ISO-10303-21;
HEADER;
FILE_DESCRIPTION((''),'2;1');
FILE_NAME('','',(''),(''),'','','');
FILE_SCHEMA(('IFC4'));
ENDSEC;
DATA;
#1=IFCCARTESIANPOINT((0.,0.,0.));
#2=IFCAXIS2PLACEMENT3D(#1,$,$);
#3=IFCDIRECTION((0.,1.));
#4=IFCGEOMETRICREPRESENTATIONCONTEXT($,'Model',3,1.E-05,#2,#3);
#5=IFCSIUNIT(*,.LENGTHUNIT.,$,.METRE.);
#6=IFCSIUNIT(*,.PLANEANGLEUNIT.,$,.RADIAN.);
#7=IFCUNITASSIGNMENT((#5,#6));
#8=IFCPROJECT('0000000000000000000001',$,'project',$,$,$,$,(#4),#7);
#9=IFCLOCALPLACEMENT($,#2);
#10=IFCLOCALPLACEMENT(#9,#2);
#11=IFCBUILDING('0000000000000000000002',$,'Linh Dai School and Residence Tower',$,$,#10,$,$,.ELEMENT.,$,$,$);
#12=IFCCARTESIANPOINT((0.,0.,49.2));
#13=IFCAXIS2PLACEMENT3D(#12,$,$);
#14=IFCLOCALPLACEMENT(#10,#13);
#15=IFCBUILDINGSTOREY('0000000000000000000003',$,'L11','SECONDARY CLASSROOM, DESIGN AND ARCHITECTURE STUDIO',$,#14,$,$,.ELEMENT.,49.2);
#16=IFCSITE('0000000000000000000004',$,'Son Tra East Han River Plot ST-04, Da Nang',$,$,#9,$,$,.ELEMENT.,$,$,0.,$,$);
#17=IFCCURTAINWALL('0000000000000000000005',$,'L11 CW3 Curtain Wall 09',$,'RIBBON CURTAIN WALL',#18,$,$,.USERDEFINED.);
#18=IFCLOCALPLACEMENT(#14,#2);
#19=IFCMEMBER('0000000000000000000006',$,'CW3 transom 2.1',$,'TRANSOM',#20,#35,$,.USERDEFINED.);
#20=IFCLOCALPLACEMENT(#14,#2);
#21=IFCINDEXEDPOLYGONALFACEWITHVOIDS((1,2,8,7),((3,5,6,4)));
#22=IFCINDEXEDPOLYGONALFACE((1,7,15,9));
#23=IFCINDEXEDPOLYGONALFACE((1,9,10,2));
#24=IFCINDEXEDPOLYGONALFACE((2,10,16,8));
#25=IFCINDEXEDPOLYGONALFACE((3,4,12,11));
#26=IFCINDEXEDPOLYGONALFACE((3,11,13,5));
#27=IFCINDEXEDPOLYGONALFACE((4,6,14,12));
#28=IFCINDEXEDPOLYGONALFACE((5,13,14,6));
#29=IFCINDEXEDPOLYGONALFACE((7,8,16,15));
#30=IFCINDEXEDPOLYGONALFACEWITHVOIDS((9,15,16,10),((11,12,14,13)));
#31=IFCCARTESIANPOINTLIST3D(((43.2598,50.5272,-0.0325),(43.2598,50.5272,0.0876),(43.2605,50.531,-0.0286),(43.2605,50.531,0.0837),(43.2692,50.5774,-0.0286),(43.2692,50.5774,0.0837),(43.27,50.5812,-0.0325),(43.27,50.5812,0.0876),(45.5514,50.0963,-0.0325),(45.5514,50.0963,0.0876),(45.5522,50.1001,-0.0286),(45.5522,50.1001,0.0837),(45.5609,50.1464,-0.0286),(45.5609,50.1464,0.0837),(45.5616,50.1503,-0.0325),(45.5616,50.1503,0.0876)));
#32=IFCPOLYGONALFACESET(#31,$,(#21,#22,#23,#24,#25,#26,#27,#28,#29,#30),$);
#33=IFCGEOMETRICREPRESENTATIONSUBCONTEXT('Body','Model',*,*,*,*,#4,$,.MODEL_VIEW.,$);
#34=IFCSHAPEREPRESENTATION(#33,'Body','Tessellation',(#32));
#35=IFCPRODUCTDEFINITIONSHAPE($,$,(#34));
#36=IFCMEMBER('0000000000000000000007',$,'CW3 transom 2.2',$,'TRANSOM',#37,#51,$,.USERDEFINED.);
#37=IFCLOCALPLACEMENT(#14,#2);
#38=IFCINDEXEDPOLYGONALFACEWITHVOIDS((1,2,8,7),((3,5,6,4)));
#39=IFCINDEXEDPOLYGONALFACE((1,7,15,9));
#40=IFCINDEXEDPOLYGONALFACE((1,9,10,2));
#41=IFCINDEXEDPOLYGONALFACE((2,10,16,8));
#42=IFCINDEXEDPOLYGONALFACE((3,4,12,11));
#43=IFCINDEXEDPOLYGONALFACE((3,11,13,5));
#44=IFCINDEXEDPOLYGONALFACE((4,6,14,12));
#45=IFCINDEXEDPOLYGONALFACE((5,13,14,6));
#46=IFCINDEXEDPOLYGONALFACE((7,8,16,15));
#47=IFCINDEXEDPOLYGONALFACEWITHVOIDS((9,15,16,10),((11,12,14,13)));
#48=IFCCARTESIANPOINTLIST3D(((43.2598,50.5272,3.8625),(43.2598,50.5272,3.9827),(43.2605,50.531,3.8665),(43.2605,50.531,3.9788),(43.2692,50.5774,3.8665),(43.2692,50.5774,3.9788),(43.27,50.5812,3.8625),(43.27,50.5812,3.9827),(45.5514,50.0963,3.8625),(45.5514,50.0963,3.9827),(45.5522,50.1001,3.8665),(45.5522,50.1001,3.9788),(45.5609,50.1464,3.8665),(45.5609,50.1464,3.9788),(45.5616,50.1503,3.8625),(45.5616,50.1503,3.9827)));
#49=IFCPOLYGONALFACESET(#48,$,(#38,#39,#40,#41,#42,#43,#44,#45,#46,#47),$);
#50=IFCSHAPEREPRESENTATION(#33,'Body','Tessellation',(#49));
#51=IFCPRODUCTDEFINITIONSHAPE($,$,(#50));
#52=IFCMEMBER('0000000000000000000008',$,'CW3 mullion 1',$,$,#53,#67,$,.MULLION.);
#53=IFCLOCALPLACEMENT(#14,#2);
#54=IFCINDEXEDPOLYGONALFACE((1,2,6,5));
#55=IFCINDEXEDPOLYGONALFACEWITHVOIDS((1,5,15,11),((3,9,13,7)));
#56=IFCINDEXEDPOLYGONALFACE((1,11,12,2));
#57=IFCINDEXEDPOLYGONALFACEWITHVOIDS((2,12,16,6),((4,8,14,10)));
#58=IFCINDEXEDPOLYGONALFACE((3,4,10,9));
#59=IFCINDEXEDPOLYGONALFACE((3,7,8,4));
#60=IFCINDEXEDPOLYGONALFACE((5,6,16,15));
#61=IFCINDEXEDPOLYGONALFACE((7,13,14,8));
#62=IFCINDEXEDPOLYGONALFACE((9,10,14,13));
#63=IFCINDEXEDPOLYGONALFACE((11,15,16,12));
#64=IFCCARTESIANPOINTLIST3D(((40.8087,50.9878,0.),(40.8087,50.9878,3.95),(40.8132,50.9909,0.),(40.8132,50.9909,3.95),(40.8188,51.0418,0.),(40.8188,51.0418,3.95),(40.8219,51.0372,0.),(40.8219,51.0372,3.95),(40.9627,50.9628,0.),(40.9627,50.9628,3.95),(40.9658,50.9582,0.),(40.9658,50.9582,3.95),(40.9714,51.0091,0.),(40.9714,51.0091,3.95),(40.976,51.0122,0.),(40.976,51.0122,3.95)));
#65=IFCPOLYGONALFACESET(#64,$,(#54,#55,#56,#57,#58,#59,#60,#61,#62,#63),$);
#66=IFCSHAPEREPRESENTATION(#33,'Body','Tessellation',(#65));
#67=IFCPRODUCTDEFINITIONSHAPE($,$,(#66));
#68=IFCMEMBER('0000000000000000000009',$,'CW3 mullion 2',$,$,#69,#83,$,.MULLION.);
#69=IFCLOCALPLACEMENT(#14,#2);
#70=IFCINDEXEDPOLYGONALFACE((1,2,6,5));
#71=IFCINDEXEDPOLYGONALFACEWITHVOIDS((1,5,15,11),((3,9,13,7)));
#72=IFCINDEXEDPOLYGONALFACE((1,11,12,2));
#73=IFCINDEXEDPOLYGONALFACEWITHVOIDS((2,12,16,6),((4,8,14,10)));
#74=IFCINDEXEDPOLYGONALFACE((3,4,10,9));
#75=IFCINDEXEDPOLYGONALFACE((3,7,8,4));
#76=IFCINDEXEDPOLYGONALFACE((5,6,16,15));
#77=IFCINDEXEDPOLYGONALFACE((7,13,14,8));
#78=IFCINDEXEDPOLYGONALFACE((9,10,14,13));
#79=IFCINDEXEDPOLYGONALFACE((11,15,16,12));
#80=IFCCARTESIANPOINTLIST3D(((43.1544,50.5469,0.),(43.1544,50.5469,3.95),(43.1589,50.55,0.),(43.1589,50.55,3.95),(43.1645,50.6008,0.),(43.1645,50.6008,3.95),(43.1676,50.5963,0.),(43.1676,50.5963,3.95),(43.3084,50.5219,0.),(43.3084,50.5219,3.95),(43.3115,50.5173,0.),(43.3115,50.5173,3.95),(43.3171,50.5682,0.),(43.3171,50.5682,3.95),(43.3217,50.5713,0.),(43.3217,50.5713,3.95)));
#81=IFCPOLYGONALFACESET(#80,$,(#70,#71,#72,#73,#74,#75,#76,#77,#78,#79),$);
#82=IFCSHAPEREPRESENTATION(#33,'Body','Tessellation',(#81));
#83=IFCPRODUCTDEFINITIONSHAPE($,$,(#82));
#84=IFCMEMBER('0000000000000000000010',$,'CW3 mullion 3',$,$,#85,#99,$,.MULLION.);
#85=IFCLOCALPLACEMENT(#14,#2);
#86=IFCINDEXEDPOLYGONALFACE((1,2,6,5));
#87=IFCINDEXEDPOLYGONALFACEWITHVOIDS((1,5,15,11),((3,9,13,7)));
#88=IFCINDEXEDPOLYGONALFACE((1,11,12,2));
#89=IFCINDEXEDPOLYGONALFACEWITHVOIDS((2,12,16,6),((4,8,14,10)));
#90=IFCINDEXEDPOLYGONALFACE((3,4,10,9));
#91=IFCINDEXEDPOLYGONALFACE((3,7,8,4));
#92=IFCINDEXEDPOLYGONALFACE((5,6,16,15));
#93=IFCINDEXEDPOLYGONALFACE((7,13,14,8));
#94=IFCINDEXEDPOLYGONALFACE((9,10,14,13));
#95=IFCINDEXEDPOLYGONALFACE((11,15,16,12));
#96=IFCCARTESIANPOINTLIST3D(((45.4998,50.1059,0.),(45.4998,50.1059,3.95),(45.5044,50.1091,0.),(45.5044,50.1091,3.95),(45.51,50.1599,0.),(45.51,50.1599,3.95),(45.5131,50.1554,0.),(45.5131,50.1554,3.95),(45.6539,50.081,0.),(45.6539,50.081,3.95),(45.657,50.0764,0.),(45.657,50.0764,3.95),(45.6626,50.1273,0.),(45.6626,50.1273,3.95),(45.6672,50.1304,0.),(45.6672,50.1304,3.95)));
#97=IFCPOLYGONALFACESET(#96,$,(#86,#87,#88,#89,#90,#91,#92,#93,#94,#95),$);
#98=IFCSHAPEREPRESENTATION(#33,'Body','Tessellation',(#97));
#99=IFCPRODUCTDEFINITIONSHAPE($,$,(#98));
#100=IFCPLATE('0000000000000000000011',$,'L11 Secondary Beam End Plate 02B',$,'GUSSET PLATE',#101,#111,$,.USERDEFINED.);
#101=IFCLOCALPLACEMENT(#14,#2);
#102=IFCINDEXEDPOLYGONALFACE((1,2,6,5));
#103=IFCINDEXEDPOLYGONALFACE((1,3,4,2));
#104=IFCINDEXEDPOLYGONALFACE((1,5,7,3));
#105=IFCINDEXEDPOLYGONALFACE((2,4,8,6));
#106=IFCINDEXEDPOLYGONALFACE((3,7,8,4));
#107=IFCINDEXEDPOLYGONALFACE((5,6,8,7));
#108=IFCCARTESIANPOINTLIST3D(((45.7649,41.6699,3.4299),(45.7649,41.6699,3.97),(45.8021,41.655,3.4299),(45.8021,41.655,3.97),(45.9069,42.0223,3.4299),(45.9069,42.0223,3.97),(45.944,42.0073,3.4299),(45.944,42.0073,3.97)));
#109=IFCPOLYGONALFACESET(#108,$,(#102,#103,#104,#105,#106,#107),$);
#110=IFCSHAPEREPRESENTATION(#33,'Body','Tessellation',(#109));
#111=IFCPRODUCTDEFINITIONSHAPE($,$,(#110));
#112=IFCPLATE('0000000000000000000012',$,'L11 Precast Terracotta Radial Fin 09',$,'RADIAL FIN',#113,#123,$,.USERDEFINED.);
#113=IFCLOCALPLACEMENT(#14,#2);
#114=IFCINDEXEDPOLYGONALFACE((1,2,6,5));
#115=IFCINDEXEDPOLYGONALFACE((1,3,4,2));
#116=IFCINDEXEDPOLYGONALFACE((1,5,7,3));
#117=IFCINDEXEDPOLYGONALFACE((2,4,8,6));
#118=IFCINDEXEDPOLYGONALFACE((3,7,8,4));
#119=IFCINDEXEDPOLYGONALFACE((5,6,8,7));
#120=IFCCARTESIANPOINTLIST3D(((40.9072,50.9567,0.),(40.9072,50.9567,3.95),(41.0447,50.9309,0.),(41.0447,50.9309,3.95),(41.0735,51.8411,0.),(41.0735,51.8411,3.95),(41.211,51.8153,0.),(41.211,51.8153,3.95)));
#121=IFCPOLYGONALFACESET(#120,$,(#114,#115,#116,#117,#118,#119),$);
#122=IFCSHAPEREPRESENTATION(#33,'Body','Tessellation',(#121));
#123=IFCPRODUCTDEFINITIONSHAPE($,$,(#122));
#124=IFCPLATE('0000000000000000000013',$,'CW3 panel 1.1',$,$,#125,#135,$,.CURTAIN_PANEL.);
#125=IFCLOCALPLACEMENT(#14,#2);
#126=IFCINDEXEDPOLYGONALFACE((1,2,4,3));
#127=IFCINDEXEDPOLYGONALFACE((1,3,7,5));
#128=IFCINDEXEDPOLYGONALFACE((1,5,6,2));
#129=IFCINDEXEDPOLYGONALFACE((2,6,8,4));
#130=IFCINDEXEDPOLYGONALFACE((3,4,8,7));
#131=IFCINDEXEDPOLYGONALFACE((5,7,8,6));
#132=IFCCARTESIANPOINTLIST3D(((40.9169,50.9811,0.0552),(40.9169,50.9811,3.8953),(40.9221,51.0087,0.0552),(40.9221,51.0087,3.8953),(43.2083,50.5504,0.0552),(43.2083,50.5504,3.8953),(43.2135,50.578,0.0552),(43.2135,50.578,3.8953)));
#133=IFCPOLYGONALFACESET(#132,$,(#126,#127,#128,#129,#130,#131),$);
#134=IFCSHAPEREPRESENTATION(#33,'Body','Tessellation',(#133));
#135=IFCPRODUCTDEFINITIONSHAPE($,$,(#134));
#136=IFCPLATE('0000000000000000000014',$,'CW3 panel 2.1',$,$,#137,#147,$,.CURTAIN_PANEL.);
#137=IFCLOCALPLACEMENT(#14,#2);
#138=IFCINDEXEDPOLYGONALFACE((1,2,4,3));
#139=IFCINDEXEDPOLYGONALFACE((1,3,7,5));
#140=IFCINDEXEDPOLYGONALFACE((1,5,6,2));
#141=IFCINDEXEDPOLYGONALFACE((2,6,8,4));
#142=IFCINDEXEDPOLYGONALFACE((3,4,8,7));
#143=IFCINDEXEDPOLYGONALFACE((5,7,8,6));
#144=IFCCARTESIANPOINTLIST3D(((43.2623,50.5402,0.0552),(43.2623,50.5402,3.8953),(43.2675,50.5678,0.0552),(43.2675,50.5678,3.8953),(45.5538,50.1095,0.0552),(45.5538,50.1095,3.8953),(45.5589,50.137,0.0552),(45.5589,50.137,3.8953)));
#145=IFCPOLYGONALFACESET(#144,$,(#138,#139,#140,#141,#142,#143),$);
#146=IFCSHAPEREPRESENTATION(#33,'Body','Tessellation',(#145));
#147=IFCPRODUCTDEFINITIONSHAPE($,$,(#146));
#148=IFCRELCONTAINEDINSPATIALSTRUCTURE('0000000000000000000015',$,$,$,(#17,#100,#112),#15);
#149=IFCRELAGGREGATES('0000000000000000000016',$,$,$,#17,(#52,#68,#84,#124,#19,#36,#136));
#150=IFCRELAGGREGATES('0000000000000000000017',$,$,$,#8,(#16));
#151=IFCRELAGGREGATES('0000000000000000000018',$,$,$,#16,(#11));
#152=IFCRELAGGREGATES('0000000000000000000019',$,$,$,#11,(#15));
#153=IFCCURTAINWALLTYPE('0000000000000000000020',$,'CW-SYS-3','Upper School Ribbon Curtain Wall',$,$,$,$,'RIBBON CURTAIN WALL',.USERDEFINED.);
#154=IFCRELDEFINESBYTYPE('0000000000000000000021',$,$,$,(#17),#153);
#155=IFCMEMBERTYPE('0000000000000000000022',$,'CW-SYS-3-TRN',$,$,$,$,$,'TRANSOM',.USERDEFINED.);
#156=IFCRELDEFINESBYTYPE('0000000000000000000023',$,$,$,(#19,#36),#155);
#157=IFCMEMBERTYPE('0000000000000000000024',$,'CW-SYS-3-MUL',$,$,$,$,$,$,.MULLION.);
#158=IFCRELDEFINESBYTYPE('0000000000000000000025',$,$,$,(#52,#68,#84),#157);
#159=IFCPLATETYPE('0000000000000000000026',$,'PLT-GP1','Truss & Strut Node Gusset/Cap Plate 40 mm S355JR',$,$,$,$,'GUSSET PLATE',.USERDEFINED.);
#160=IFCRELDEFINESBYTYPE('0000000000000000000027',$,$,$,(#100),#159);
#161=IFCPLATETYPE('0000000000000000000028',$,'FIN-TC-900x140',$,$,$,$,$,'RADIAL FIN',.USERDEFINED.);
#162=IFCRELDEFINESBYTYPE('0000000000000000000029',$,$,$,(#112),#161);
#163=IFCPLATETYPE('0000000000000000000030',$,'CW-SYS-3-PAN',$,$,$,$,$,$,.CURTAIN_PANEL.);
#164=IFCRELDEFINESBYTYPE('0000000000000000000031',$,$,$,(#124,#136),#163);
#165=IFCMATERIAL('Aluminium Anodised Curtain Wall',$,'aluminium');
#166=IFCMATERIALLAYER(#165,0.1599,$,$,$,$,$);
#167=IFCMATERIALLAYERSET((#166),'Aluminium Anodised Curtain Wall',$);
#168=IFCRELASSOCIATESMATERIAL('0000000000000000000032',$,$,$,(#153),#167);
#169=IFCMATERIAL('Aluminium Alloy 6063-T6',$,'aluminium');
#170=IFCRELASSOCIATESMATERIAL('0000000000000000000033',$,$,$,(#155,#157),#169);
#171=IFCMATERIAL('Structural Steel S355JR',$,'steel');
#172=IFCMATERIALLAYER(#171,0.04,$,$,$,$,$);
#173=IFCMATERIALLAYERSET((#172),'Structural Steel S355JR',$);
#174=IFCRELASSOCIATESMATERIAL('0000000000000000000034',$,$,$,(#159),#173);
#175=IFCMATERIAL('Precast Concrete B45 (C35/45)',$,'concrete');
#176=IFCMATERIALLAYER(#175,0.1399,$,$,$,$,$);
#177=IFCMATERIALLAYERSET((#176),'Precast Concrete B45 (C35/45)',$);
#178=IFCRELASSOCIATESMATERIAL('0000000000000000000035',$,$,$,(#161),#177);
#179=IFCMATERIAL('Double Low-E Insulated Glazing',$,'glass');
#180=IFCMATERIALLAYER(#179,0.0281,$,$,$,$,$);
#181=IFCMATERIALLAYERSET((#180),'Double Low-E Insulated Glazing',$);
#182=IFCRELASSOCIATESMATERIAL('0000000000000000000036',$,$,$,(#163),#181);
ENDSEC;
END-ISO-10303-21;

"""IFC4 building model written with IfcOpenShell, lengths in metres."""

from ifc_helpers import new_model, si_unit, direction, frame, origin, origin_2d, place, context, subcontext, project, spatial, rectangle, hollow_rectangle, extrude, source, transform, mapped, material, layer, layer_set, material_profile, profile_set, type_object, element, aggregate, save


model = new_model("IFC4")

# Units and contexts
model_context = context("Model", 3, precision=1e-05, world=origin(), true_north=direction((0.0, 1.0)))
body_context = subcontext(model_context, "Body", "Model", "MODEL_VIEW")
ifc_project = project(units=[si_unit("LENGTHUNIT", "METRE"), si_unit("PLANEANGLEUNIT", "RADIAN")], contexts=[model_context])

# Site, building, storey
site_placement = place(None, origin())
site = spatial("IfcSite", under=ifc_project, at=site_placement, Name="Son Tra East Han River Plot ST-04, Da Nang", CompositionType="ELEMENT", RefElevation=0.0)
building_placement = place(site_placement, origin())
building = spatial("IfcBuilding", under=site, at=building_placement, Name="Linh Dai School and Residence Tower", CompositionType="ELEMENT")
storey_placement = place(building_placement, frame((0.0, 0.0, 49.2)))
storey = spatial("IfcBuildingStorey", under=building, at=storey_placement, Name="L11", Description="SECONDARY CLASSROOM, DESIGN AND ARCHITECTURE STUDIO", CompositionType="ELEMENT", Elevation=49.2)

# Shared definitions
ifc_material_1 = material(Name="Structural Steel S355JR", Category="steel")

# Curtain wall, members
ifc_material_2 = material(Name="Aluminium Anodised Curtain Wall", Category="aluminium")
ifc_layer_1 = layer(ifc_material_2, 0.1599)
ifc_layer_set_1 = layer_set([ifc_layer_1], Name="Aluminium Anodised Curtain Wall")
curtain_wall_type = type_object("IfcCurtainWallType", Name="CW-SYS-3", Description="Upper School Ribbon Curtain Wall", ElementType="RIBBON CURTAIN WALL", PredefinedType="USERDEFINED", material=ifc_layer_set_1)
curtain_wall_placement = place(storey_placement, origin())
curtain_wall = element("IfcCurtainWall", 1, at=curtain_wall_placement, inside=storey, type_object=curtain_wall_type, Name="L11 CW3 Curtain Wall 09", ObjectType="RIBBON CURTAIN WALL", PredefinedType="USERDEFINED")
ifc_material_3 = material(Name="Aluminium Alloy 6063-T6", Category="aluminium")
ifc_material_profile_1 = material_profile(ifc_material_3, hollow_rectangle(XDim=0.0549, YDim=0.1201, WallThickness=0.0039, at=origin_2d()), Name="RHS 120x55x4")
ifc_profile_set_1 = profile_set([ifc_material_profile_1], Name="Aluminium Alloy 6063-T6")
member_type_1 = type_object("IfcMemberType", Name="CW-SYS-3-TRN", ElementType="TRANSOM", PredefinedType="USERDEFINED", material=ifc_profile_set_1)
shared_shape_1 = source(origin(), body_context, "Body", "SweptSolid", [
    extrude(hollow_rectangle(XDim=0.0549, YDim=0.1201, WallThickness=0.0039, at=origin_2d()), origin(), (0.0, 0.0, 1.0), 2.3318),
])
member_1_placement = place(storey_placement, frame((43.2649, 50.5542, 0.0276), z_axis=(0.982775, -0.184807, 0.0), x_axis=(0.184807, 0.982775, 0.0)))
member_1 = element("IfcMember", 2, at=member_1_placement, type_object=member_type_1, Name="CW3 transom 2.1", ObjectType="TRANSOM", PredefinedType="USERDEFINED", context=body_context, shape_type="MappedRepresentation", body=[
    mapped(shared_shape_1, transform((0.0, 0.0, 0.0), x_axis=(1.0, 0.0, 0.0), y_axis=(0.0, 1.0, 0.0), z_axis=(0.0, 0.0, 1.0), scale=1.0)),
])
member_2_placement = place(storey_placement, frame((43.2649, 50.5542, 3.9226), z_axis=(0.982775, -0.184807, 0.0), x_axis=(0.184807, 0.982775, 0.0)))
member_2 = element("IfcMember", 3, at=member_2_placement, type_object=member_type_1, Name="CW3 transom 2.2", ObjectType="TRANSOM", PredefinedType="USERDEFINED", context=body_context, shape_type="MappedRepresentation", body=[
    mapped(shared_shape_1, transform((0.0, 0.0, 0.0), x_axis=(1.0, 0.0, 0.0), y_axis=(0.0, 1.0, 0.0), z_axis=(0.0, 0.0, 1.0), scale=1.0)),
])
ifc_material_profile_2 = material_profile(ifc_material_3, hollow_rectangle(XDim=0.0549, YDim=0.1599, WallThickness=0.0039, at=origin_2d()), Name="RHS 160x55x4")
ifc_profile_set_2 = profile_set([ifc_material_profile_2], Name="Aluminium Alloy 6063-T6")
member_type_2 = type_object("IfcMemberType", Name="CW-SYS-3-MUL", PredefinedType="MULLION", material=ifc_profile_set_2)
shared_shape_2 = source(origin(), body_context, "Body", "SweptSolid", [
    extrude(hollow_rectangle(XDim=0.0549, YDim=0.1599, WallThickness=0.0039, at=origin_2d()), origin(), (0.0, 0.0, 1.0), 3.95),
])
member_3_placement = place(storey_placement, frame((40.8923, 51.0, 0.0), z_axis=(0.0, 0.0, 1.0), x_axis=(0.184748, 0.982786, 0.0)))
member_3 = element("IfcMember", 4, at=member_3_placement, type_object=member_type_2, Name="CW3 mullion 1", PredefinedType="MULLION", context=body_context, shape_type="MappedRepresentation", body=[
    mapped(shared_shape_2, transform((0.0, 0.0, 0.0), x_axis=(1.0, 0.0, 0.0), y_axis=(0.0, 1.0, 0.0), z_axis=(0.0, 0.0, 1.0), scale=1.0)),
])
member_4_placement = place(storey_placement, frame((43.238, 50.5591, 0.0), z_axis=(0.0, 0.0, 1.0), x_axis=(0.184748, 0.982786, 0.0)))
member_4 = element("IfcMember", 5, at=member_4_placement, type_object=member_type_2, Name="CW3 mullion 2", PredefinedType="MULLION", context=body_context, shape_type="MappedRepresentation", body=[
    mapped(shared_shape_2, transform((0.0, 0.0, 0.0), x_axis=(1.0, 0.0, 0.0), y_axis=(0.0, 1.0, 0.0), z_axis=(0.0, 0.0, 1.0), scale=1.0)),
])
member_5_placement = place(storey_placement, frame((45.5835, 50.1182, 0.0), z_axis=(0.0, 0.0, 1.0), x_axis=(0.184748, 0.982786, 0.0)))
member_5 = element("IfcMember", 6, at=member_5_placement, type_object=member_type_2, Name="CW3 mullion 3", PredefinedType="MULLION", context=body_context, shape_type="MappedRepresentation", body=[
    mapped(shared_shape_2, transform((0.0, 0.0, 0.0), x_axis=(1.0, 0.0, 0.0), y_axis=(0.0, 1.0, 0.0), z_axis=(0.0, 0.0, 1.0), scale=1.0)),
])

# Plates
ifc_layer_2 = layer(ifc_material_1, 0.04)
ifc_layer_set_2 = layer_set([ifc_layer_2], Name="Structural Steel S355JR")
plate_type_1 = type_object("IfcPlateType", Name="PLT-GP1", Description="Truss & Strut Node Gusset/Cap Plate 40 mm S355JR", ElementType="GUSSET PLATE", PredefinedType="USERDEFINED", material=ifc_layer_set_2)
shared_shape_3 = source(origin(), body_context, "Body", "SweptSolid", [
    extrude(rectangle(XDim=0.04, YDim=0.3799, at=origin_2d()), origin(), (0.0, 0.0, 1.0), 0.54),
])
plate_1_placement = place(storey_placement, frame((45.8545, 41.8386, 3.4299), z_axis=(0.0, 0.0, 1.0), x_axis=(-0.927536, 0.373733, 0.0)))
element("IfcPlate", 7, at=plate_1_placement, inside=storey, type_object=plate_type_1, Name="L11 Secondary Beam End Plate 02B", ObjectType="GUSSET PLATE", PredefinedType="USERDEFINED", context=body_context, shape_type="MappedRepresentation", body=[
    mapped(shared_shape_3, transform((0.0, 0.0, 0.0), x_axis=(1.0, 0.0, 0.0), y_axis=(0.0, 1.0, 0.0), z_axis=(0.0, 0.0, 1.0), scale=1.0)),
])
ifc_material_4 = material(Name="Precast Concrete B45 (C35/45)", Category="concrete")
ifc_layer_3 = layer(ifc_material_4, 0.1399)
ifc_layer_set_3 = layer_set([ifc_layer_3], Name="Precast Concrete B45 (C35/45)")
plate_type_2 = type_object("IfcPlateType", Name="FIN-TC-900x140", ElementType="RADIAL FIN", PredefinedType="USERDEFINED", material=ifc_layer_set_3)
shared_shape_4 = source(origin(), body_context, "Body", "SweptSolid", [
    extrude(rectangle(XDim=0.8999, YDim=0.1399, at=origin_2d()), origin(), (0.0, 0.0, 1.0), 3.95),
])
plate_2_placement = place(storey_placement, frame((41.0591, 51.386, 0.0), z_axis=(0.0, 0.0, 1.0), x_axis=(0.184748, 0.982786, 0.0)))
element("IfcPlate", 8, at=plate_2_placement, inside=storey, type_object=plate_type_2, Name="L11 Precast Terracotta Radial Fin 09", ObjectType="RADIAL FIN", PredefinedType="USERDEFINED", context=body_context, shape_type="MappedRepresentation", body=[
    mapped(shared_shape_4, transform((0.0, 0.0, 0.0), x_axis=(1.0, 0.0, 0.0), y_axis=(0.0, 1.0, 0.0), z_axis=(0.0, 0.0, 1.0), scale=1.0)),
])

# Plates
ifc_material_5 = material(Name="Double Low-E Insulated Glazing", Category="glass")
ifc_layer_4 = layer(ifc_material_5, 0.0281)
ifc_layer_set_4 = layer_set([ifc_layer_4], Name="Double Low-E Insulated Glazing")
plate_type_3 = type_object("IfcPlateType", Name="CW-SYS-3-PAN", PredefinedType="CURTAIN_PANEL", material=ifc_layer_set_4)
shared_shape_5 = source(origin(), body_context, "Body", "SweptSolid", [
    extrude(rectangle(XDim=2.3315, YDim=0.0281, at=origin_2d()), origin(), (0.0, 0.0, 1.0), 3.8401),
])
plate_3_placement = place(storey_placement, frame((42.0652, 50.7795, 0.0552), z_axis=(0.0, 0.0, 1.0), x_axis=(0.982786, -0.184748, 0.0)))
plate_3 = element("IfcPlate", 9, at=plate_3_placement, type_object=plate_type_3, Name="CW3 panel 1.1", PredefinedType="CURTAIN_PANEL", context=body_context, shape_type="MappedRepresentation", body=[
    mapped(shared_shape_5, transform((0.0, 0.0, 0.0), x_axis=(1.0, 0.0, 0.0), y_axis=(0.0, 1.0, 0.0), z_axis=(0.0, 0.0, 1.0), scale=1.0)),
])
plate_4_placement = place(storey_placement, frame((44.4106, 50.3386, 0.0552), z_axis=(0.0, 0.0, 1.0), x_axis=(0.982786, -0.184748, 0.0)))
plate_4 = element("IfcPlate", 10, at=plate_4_placement, type_object=plate_type_3, Name="CW3 panel 2.1", PredefinedType="CURTAIN_PANEL", context=body_context, shape_type="MappedRepresentation", body=[
    mapped(shared_shape_5, transform((0.0, 0.0, 0.0), x_axis=(1.0, 0.0, 0.0), y_axis=(0.0, 1.0, 0.0), z_axis=(0.0, 0.0, 1.0), scale=1.0)),
])
aggregate(curtain_wall, [member_3, member_4, member_5, plate_3, member_1, member_2, plate_4])

save(model, "model.ifc")
